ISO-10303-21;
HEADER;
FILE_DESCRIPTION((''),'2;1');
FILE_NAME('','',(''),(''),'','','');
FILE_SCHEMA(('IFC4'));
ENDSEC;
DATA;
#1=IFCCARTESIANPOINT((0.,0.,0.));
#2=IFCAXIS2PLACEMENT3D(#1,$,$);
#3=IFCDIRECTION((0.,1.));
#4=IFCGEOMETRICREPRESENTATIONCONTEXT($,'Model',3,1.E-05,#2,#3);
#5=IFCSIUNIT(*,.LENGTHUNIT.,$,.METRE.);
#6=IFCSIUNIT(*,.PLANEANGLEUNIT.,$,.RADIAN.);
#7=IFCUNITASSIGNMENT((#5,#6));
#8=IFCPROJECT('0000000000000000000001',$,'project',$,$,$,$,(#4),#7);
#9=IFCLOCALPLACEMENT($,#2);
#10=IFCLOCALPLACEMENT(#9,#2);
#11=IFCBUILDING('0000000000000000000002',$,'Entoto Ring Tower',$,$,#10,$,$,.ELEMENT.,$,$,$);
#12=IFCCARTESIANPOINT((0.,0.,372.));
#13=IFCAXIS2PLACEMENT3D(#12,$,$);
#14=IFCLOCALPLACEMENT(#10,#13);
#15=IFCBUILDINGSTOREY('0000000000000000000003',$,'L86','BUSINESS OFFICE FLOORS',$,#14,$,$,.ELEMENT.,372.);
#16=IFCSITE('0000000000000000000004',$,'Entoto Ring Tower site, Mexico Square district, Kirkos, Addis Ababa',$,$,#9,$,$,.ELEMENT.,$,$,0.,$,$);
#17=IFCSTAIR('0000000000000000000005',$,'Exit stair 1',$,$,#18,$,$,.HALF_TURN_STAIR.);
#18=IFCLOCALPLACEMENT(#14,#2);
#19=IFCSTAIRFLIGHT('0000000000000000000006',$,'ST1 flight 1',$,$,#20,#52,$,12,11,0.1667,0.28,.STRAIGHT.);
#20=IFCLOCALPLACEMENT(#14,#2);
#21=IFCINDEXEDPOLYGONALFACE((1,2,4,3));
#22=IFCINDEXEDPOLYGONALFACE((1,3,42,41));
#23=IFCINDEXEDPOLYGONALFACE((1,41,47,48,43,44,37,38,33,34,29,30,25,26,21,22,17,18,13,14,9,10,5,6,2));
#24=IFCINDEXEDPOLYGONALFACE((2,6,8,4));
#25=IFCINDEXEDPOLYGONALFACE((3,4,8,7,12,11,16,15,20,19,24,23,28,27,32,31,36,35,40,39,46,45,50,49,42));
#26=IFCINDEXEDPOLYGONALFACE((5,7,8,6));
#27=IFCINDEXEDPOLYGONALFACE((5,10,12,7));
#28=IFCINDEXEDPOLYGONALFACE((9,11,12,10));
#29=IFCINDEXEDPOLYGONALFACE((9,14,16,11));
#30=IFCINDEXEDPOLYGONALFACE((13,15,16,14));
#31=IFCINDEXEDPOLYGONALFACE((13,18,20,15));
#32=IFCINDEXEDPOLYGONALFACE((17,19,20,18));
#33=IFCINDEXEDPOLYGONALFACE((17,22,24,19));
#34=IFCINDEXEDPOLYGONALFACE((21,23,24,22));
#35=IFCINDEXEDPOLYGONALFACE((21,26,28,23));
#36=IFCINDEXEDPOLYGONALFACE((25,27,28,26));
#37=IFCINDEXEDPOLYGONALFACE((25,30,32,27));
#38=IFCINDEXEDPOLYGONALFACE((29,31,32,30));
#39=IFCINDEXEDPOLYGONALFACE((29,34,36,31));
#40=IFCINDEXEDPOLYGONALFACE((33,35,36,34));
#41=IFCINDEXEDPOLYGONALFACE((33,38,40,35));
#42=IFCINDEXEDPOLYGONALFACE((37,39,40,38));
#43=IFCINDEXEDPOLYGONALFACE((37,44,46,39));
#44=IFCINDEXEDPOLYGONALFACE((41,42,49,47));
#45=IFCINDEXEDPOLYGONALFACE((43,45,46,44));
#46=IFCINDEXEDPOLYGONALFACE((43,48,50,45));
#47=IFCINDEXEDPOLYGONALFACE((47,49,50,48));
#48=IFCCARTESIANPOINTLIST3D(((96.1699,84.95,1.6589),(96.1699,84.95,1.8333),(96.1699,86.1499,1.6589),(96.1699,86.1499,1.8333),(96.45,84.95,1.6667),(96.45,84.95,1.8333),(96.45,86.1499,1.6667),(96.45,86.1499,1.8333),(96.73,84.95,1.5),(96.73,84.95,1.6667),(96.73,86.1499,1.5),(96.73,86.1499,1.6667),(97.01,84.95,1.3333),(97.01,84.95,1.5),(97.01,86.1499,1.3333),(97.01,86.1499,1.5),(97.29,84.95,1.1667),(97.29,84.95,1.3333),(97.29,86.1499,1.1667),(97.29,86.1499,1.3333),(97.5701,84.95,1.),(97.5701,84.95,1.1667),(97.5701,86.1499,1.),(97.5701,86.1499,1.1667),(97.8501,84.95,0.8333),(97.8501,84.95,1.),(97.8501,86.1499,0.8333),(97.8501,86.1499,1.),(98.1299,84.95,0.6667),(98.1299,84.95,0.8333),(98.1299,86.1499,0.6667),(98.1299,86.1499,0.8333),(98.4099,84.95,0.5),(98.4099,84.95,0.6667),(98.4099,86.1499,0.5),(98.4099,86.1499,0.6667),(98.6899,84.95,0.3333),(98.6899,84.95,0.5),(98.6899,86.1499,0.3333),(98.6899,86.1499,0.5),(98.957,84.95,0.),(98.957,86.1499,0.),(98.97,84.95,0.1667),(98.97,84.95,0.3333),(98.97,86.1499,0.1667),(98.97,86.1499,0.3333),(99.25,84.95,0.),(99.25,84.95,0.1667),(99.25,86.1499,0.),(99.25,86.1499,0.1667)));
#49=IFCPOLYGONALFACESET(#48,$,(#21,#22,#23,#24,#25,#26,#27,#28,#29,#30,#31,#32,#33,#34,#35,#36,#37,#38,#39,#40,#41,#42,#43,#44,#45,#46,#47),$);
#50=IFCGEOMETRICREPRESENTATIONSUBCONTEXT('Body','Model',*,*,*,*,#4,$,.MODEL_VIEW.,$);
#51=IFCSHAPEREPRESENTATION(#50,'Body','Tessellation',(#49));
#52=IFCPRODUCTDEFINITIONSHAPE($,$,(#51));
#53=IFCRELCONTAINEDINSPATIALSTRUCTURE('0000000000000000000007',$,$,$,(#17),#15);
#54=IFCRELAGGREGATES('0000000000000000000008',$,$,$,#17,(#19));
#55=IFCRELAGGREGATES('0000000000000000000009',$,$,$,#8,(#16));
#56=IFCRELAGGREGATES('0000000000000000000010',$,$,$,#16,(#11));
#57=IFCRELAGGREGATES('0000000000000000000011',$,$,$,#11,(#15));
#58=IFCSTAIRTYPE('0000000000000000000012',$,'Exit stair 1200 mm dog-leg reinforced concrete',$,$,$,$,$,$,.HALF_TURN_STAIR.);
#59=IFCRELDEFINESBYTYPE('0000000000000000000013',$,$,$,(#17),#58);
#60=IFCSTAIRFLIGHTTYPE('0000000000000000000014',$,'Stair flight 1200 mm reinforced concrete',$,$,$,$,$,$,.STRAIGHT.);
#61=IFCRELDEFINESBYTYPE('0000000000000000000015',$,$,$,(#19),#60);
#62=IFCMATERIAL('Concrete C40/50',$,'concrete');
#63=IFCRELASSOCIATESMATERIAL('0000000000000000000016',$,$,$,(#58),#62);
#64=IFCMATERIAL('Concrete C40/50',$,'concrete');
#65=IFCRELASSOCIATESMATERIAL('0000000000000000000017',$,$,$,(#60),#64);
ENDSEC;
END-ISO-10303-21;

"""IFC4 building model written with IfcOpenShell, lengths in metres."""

from ifc_helpers import new_model, si_unit, direction, frame, origin, place, context, subcontext, project, spatial, polyline, outline, extrude, material, type_object, element, aggregate, save


model = new_model("IFC4")

# Units and contexts
model_context = context("Model", 3, precision=1e-05, world=origin(), true_north=direction((0.0, 1.0)))
body_context = subcontext(model_context, "Body", "Model", "MODEL_VIEW")
ifc_project = project(units=[si_unit("LENGTHUNIT", "METRE"), si_unit("PLANEANGLEUNIT", "RADIAN")], contexts=[model_context])

# Site, building, storey
site_placement = place(None, origin())
site = spatial("IfcSite", under=ifc_project, at=site_placement, Name="Entoto Ring Tower site, Mexico Square district, Kirkos, Addis Ababa", CompositionType="ELEMENT", RefElevation=0.0)
building_placement = place(site_placement, origin())
building = spatial("IfcBuilding", under=site, at=building_placement, Name="Entoto Ring Tower", CompositionType="ELEMENT")
storey_placement = place(building_placement, frame((0.0, 0.0, 372.0)))
storey = spatial("IfcBuildingStorey", under=building, at=storey_placement, Name="L86", Description="BUSINESS OFFICE FLOORS", CompositionType="ELEMENT", Elevation=372.0)

# Stair, stair flight
ifc_material_1 = material(Name="Concrete C40/50", Category="concrete")
stair_type = type_object("IfcStairType", Name="Exit stair 1200 mm dog-leg reinforced concrete", PredefinedType="HALF_TURN_STAIR", material=ifc_material_1)
stair_placement = place(storey_placement, origin())
stair = element("IfcStair", 1, at=stair_placement, inside=storey, type_object=stair_type, Name="Exit stair 1", PredefinedType="HALF_TURN_STAIR")
ifc_material_2 = material(Name="Concrete C40/50", Category="concrete")
stair_flight_type = type_object("IfcStairFlightType", Name="Stair flight 1200 mm reinforced concrete", PredefinedType="STRAIGHT", material=ifc_material_2)
stair_flight_placement = place(storey_placement, frame((99.25, 85.55, 0.0), z_axis=(0.0, 0.0, 1.0), x_axis=(-1.0, 0.0, 0.0)))
stair_flight = element("IfcStairFlight", 2, at=stair_flight_placement, type_object=stair_flight_type, Name="ST1 flight 1", NumberOfRisers=12, NumberOfTreads=11, PredefinedType="STRAIGHT", RiserHeight=0.1667, TreadLength=0.28, context=body_context, shape_type="SweptSolid", body=[
    extrude(outline(polyline([(0.0, 0.0), (0.0, 0.1667), (0.28, 0.1667), (0.28, 0.3333), (0.5601, 0.3333), (0.5601, 0.5), (0.8401, 0.5), (0.8401, 0.6667), (1.1201, 0.6667), (1.1201, 0.8333), (1.3999, 0.8333), (1.3999, 1.0), (1.6799, 1.0), (1.6799, 1.1667), (1.96, 1.1667), (1.96, 1.3333), (2.24, 1.3333), (2.24, 1.5), (2.52, 1.5), (2.52, 1.6667), (2.8, 1.6667), (2.8, 1.8333), (3.0801, 1.8333), (3.0801, 2.0), (3.0801, 1.6589), (0.293, 0.0), (0.0, 0.0)])), frame((0.0, 0.6001, 0.0), z_axis=(0.0, -1.0, 0.0), x_axis=(1.0, 0.0, 0.0)), (0.0, 0.0, 1.0), 1.2),
])
aggregate(stair, [stair_flight])

save(model, "model.ifc")
